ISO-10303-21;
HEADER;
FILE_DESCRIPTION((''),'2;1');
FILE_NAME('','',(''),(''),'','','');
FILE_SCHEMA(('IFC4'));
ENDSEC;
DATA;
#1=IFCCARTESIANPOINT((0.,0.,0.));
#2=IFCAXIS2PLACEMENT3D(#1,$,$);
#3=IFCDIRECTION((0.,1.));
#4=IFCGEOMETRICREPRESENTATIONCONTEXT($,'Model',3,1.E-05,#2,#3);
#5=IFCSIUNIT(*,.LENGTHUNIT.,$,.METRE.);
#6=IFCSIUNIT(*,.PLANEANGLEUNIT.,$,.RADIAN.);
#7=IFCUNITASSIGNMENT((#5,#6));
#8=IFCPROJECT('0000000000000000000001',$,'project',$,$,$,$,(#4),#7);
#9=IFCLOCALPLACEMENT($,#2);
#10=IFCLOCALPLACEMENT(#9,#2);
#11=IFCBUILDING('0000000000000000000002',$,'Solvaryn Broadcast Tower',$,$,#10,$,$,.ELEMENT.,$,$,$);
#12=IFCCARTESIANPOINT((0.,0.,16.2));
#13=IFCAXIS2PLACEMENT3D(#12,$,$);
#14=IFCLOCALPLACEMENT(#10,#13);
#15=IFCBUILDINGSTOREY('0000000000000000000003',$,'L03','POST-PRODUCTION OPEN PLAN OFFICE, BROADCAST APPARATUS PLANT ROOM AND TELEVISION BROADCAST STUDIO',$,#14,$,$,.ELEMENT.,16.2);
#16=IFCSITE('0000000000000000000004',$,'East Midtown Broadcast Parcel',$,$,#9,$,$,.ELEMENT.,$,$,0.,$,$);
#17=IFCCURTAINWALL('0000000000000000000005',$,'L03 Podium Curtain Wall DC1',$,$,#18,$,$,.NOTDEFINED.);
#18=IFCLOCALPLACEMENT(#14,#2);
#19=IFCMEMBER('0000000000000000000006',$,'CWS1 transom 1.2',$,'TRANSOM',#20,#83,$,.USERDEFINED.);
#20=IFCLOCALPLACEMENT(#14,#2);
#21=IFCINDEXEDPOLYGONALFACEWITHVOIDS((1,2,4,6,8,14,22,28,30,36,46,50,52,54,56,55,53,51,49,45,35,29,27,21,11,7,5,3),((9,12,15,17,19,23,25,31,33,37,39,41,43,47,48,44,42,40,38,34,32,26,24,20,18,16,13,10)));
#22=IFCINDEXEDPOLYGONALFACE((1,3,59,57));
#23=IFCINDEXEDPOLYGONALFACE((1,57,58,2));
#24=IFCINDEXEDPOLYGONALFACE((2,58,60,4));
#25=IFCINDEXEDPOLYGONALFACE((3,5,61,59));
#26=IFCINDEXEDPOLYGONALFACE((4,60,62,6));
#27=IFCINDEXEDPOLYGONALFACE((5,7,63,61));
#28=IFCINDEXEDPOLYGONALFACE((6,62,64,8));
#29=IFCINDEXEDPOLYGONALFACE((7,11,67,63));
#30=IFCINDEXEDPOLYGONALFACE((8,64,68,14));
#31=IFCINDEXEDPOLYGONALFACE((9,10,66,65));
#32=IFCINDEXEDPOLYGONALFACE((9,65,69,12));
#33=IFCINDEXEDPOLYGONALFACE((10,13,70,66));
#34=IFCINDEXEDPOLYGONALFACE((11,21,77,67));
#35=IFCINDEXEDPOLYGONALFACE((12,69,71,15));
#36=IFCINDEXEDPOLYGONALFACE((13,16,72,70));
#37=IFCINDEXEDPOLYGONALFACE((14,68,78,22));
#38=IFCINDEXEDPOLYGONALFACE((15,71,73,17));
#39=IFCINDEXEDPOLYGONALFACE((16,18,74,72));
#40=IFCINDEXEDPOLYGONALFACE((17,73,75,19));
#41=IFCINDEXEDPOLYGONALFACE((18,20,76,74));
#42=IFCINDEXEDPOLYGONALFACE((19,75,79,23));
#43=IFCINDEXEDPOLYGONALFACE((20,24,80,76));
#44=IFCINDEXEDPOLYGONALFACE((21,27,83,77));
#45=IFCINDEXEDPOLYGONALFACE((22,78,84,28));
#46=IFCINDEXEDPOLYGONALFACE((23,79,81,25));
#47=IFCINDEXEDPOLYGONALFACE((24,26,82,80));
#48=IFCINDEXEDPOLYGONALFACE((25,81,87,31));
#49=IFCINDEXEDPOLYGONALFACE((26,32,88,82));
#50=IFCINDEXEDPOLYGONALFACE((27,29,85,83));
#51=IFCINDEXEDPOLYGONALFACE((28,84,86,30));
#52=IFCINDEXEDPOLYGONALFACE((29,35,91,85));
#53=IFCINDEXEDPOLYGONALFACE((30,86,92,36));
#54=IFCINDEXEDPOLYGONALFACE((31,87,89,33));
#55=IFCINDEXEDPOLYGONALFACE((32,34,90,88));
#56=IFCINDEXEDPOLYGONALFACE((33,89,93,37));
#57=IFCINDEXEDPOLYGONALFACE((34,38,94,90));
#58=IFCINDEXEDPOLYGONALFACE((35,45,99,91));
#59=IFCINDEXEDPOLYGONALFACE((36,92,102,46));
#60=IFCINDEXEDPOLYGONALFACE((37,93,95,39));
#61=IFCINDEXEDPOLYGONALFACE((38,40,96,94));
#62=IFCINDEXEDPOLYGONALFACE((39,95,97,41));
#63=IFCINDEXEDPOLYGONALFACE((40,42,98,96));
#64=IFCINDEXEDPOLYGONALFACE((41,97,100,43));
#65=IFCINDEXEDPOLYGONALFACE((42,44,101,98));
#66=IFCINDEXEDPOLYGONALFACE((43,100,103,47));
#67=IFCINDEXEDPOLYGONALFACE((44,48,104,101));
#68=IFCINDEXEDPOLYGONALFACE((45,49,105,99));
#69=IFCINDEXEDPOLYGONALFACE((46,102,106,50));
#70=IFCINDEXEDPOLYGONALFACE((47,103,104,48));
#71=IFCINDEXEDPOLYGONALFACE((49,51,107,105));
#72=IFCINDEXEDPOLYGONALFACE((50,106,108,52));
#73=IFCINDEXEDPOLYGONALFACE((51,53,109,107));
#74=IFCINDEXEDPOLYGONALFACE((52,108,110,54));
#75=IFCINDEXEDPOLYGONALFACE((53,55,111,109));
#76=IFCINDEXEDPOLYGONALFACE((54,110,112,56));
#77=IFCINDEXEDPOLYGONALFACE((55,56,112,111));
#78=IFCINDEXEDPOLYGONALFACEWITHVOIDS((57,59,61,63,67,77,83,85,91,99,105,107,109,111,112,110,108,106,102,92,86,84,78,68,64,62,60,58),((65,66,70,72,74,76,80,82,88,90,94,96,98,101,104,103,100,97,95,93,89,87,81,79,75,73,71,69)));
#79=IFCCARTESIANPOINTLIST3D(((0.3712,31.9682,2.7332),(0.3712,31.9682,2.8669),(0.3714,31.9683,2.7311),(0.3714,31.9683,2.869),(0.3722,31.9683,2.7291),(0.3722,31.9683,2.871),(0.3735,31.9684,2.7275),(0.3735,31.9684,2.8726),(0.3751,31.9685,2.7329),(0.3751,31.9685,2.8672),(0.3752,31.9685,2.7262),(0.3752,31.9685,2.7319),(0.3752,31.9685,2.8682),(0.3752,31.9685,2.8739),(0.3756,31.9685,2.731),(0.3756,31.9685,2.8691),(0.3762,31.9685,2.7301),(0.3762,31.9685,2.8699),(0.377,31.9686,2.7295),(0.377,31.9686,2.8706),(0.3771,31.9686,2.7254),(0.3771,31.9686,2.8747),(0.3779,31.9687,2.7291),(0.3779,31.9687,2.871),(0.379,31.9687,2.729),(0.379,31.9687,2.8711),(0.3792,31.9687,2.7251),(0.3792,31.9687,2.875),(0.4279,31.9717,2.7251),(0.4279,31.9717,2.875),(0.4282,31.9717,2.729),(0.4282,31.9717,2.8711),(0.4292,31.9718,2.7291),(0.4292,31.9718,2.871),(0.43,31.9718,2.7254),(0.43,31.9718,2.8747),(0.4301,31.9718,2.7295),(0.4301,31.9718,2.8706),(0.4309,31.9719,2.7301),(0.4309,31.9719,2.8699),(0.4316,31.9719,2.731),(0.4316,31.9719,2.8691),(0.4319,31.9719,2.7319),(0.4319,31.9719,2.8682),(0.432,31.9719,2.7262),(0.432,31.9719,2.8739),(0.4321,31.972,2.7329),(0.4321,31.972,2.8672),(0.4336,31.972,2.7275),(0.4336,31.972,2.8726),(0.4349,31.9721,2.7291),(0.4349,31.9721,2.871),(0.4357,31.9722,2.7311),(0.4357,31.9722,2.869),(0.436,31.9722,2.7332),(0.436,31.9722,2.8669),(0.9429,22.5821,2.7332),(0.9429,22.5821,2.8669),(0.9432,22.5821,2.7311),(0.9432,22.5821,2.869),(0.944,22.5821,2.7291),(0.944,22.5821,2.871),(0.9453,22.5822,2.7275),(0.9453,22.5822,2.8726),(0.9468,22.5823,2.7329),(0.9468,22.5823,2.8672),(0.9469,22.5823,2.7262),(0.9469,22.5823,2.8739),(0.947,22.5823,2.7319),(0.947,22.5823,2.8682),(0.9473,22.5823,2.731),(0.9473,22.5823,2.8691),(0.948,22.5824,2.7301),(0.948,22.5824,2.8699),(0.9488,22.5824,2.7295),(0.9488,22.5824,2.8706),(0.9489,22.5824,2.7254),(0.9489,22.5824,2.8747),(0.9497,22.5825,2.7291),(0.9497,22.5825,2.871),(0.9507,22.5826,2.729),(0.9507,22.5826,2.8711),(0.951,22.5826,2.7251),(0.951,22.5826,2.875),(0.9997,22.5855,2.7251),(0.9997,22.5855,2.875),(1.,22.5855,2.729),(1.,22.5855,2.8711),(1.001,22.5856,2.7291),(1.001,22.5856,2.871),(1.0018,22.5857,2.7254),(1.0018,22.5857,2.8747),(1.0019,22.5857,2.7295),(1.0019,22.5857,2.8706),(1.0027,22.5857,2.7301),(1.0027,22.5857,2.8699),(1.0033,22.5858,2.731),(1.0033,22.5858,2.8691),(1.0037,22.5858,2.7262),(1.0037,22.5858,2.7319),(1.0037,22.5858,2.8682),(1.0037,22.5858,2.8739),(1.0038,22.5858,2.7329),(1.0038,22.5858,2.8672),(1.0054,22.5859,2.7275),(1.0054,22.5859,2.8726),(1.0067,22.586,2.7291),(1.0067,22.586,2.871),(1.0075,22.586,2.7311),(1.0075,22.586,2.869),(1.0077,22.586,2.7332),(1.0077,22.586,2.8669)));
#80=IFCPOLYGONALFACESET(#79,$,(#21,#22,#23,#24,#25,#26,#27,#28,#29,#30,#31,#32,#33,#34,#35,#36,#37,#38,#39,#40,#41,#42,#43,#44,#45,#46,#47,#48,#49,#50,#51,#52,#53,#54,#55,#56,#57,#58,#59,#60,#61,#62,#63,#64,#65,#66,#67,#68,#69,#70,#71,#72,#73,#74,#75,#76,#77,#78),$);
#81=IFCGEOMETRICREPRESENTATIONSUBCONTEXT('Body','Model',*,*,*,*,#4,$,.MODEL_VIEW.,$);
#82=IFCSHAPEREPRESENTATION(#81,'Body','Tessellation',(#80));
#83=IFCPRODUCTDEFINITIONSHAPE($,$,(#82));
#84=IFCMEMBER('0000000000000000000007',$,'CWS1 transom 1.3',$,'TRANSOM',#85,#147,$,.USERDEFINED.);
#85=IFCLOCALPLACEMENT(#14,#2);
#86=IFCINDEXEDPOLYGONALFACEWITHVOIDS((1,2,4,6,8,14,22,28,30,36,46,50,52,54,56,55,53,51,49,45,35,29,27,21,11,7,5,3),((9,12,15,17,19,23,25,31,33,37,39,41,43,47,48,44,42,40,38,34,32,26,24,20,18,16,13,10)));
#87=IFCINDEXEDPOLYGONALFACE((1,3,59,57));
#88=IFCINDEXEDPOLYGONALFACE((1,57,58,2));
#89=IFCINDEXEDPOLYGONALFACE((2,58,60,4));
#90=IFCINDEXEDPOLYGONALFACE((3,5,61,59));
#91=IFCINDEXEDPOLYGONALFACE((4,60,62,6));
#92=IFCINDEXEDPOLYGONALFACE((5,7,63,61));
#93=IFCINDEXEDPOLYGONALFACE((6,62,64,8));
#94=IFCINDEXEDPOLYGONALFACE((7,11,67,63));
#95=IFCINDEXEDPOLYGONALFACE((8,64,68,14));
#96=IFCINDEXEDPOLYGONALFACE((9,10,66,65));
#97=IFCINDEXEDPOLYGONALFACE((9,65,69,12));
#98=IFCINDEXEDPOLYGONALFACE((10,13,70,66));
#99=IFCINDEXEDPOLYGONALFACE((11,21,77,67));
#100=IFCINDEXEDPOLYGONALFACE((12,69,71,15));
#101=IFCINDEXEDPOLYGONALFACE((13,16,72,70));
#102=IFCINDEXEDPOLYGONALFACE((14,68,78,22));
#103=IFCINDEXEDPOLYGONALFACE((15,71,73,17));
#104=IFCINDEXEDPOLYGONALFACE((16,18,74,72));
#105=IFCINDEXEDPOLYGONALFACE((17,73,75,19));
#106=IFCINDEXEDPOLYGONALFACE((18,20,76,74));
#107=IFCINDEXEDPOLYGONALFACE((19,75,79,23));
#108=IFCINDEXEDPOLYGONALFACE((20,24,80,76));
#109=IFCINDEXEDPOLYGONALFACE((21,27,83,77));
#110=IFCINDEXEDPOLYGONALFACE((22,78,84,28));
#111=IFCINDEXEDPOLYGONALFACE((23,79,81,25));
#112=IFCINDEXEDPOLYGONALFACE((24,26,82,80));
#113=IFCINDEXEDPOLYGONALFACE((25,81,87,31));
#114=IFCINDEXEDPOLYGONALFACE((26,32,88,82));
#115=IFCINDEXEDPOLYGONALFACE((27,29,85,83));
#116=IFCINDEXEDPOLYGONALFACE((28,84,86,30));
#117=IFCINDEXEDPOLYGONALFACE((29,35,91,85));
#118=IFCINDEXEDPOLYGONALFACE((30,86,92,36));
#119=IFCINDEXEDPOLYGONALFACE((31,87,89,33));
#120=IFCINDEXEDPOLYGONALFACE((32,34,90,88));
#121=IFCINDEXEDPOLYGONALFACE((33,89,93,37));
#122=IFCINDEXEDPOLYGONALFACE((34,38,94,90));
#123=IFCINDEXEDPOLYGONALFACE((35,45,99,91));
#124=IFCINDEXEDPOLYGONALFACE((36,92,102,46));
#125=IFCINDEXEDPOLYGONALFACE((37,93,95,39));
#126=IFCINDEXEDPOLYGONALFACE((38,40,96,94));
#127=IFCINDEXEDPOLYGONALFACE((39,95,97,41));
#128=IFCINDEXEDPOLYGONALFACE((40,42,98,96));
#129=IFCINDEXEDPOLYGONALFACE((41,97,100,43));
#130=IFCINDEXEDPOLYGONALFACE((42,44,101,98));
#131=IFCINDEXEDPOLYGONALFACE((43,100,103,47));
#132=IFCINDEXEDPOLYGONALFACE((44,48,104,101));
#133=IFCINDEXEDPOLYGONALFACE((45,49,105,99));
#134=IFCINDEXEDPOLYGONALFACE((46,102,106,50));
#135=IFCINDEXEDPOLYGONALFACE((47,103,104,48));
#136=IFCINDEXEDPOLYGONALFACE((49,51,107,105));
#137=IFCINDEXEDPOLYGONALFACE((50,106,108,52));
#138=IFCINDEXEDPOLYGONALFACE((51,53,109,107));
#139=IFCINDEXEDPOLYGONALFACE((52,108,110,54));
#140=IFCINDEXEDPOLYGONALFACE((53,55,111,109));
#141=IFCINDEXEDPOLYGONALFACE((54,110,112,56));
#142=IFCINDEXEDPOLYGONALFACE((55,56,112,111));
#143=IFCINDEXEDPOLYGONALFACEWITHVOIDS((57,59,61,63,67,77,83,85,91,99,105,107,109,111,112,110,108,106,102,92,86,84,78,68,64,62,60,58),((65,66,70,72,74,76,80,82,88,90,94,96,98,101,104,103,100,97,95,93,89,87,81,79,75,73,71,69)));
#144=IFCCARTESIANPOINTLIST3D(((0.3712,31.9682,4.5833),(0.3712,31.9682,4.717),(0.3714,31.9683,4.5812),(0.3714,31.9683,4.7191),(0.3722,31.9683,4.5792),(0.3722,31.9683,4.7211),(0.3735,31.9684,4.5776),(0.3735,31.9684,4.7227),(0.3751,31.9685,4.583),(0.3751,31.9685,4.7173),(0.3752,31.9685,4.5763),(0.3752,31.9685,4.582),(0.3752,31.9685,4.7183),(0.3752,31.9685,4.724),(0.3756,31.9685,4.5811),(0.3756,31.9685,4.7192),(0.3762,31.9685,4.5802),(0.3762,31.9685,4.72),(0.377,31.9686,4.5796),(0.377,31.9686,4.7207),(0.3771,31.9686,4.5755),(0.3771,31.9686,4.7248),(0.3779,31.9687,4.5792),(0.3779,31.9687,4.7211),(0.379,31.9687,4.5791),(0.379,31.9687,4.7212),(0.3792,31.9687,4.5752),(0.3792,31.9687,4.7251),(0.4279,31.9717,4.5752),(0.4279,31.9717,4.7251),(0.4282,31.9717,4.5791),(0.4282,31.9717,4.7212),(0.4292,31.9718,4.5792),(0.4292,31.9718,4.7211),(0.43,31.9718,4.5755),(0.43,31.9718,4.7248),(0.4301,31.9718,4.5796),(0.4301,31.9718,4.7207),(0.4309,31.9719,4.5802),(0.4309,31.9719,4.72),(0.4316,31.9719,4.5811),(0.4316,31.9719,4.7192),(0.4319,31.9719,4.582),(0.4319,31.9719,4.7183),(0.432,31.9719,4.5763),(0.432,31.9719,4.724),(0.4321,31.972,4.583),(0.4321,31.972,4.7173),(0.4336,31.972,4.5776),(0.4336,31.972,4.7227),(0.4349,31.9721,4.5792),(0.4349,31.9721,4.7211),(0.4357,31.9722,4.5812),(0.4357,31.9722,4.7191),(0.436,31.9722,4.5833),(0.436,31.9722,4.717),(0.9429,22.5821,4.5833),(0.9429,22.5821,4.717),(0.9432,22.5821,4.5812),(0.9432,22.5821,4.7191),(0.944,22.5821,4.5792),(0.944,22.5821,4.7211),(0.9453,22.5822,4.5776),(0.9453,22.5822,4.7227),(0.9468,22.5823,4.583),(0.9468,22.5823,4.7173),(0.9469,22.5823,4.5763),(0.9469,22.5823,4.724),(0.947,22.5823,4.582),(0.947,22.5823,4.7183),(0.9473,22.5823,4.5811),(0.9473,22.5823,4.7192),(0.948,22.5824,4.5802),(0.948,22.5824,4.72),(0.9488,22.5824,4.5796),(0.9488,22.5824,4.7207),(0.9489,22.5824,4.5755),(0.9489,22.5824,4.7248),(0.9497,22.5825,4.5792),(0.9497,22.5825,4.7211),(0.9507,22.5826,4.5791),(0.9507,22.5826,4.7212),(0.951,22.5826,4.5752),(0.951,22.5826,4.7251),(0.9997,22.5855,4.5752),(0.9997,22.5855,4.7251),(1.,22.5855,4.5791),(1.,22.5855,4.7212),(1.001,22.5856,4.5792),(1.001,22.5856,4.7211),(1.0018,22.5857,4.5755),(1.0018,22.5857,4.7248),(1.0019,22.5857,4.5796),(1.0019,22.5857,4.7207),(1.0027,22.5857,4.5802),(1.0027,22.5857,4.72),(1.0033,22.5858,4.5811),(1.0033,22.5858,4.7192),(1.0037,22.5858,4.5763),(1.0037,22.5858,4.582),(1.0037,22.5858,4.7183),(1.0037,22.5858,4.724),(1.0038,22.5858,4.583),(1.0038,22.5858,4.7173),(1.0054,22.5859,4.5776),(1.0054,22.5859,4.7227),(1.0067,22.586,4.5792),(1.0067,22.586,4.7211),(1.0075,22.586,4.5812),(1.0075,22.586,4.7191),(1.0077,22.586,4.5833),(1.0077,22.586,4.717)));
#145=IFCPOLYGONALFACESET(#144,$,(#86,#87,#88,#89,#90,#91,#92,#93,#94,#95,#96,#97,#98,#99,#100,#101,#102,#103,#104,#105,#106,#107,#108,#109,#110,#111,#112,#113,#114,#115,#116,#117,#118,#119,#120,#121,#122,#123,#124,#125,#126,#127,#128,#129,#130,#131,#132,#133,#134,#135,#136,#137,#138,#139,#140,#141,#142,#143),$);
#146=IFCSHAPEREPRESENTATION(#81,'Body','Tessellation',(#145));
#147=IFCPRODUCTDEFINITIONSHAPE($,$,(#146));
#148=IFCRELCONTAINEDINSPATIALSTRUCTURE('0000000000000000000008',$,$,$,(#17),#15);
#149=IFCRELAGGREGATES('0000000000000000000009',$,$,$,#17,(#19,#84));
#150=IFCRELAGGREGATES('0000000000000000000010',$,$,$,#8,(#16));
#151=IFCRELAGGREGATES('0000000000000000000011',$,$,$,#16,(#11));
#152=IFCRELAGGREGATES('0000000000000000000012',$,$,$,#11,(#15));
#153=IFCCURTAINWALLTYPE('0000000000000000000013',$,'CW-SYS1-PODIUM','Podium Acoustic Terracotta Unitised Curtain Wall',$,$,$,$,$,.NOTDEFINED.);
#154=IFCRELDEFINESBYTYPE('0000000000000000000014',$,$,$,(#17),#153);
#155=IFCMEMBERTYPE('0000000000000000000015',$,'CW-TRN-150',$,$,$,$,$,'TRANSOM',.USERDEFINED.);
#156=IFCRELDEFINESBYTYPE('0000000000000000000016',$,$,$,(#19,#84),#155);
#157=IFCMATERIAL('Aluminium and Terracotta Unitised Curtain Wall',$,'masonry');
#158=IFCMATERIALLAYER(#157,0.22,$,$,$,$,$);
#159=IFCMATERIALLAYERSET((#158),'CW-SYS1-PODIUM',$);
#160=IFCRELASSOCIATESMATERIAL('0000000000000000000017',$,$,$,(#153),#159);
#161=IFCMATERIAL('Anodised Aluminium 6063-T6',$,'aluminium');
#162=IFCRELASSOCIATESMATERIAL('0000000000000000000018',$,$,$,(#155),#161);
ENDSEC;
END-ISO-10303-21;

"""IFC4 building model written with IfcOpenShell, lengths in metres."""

from ifc_helpers import new_model, si_unit, direction, frame, origin, origin_2d, place, context, subcontext, project, spatial, hollow_rectangle, extrude, material, layer, layer_set, material_profile, profile_set, type_object, element, aggregate, save


model = new_model("IFC4")

# Units and contexts
model_context = context("Model", 3, precision=1e-05, world=origin(), true_north=direction((0.0, 1.0)))
body_context = subcontext(model_context, "Body", "Model", "MODEL_VIEW")
ifc_project = project(units=[si_unit("LENGTHUNIT", "METRE"), si_unit("PLANEANGLEUNIT", "RADIAN")], contexts=[model_context])

# Site, building, storey
site_placement = place(None, origin())
site = spatial("IfcSite", under=ifc_project, at=site_placement, Name="East Midtown Broadcast Parcel", CompositionType="ELEMENT", RefElevation=0.0)
building_placement = place(site_placement, origin())
building = spatial("IfcBuilding", under=site, at=building_placement, Name="Solvaryn Broadcast Tower", CompositionType="ELEMENT")
storey_placement = place(building_placement, frame((0.0, 0.0, 16.2)))
storey = spatial("IfcBuildingStorey", under=building, at=storey_placement, Name="L03", Description="POST-PRODUCTION OPEN PLAN OFFICE, BROADCAST APPARATUS PLANT ROOM AND TELEVISION BROADCAST STUDIO", CompositionType="ELEMENT", Elevation=16.2)

# Curtain wall, members
ifc_material_1 = material(Name="Aluminium and Terracotta Unitised Curtain Wall", Category="masonry")
ifc_layer_1 = layer(ifc_material_1, 0.22)
ifc_layer_set_1 = layer_set([ifc_layer_1], Name="CW-SYS1-PODIUM")
curtain_wall_type = type_object("IfcCurtainWallType", Name="CW-SYS1-PODIUM", Description="Podium Acoustic Terracotta Unitised Curtain Wall", PredefinedType="NOTDEFINED", material=ifc_layer_set_1)
curtain_wall_placement = place(storey_placement, origin())
curtain_wall = element("IfcCurtainWall", 1, at=curtain_wall_placement, inside=storey, type_object=curtain_wall_type, Name="L03 Podium Curtain Wall DC1", PredefinedType="NOTDEFINED")
ifc_material_2 = material(Name="Anodised Aluminium 6063-T6", Category="aluminium")
ifc_material_profile_1 = material_profile(ifc_material_2, hollow_rectangle(XDim=0.0649, YDim=0.1499, WallThickness=0.0039, InnerFilletRadius=0.0039, OuterFilletRadius=0.0081, at=origin_2d()))
ifc_profile_set_1 = profile_set([ifc_material_profile_1], Name="Anodised Aluminium 6063-T6")
member_type_1 = type_object("IfcMemberType", Name="CW-TRN-150", ElementType="TRANSOM", PredefinedType="USERDEFINED", material=ifc_profile_set_1)
member_1_placement = place(storey_placement, frame((0.4036, 31.9702, 2.8), z_axis=(0.060804, -0.99815, 0.0), x_axis=(0.99815, 0.060804, 0.0)))
member_1 = element("IfcMember", 2, at=member_1_placement, type_object=member_type_1, Name="CWS1 transom 1.2", ObjectType="TRANSOM", PredefinedType="USERDEFINED", context=body_context, shape_type="SweptSolid", body=[
    extrude(hollow_rectangle(XDim=0.0649, YDim=0.1499, WallThickness=0.0039, InnerFilletRadius=0.0039, OuterFilletRadius=0.0081, at=origin_2d()), origin(), (0.0, 0.0, 1.0), 9.4036),
])
member_2_placement = place(storey_placement, frame((0.4036, 31.9702, 4.6501), z_axis=(0.060804, -0.99815, 0.0), x_axis=(0.99815, 0.060804, 0.0)))
member_2 = element("IfcMember", 3, at=member_2_placement, type_object=member_type_1, Name="CWS1 transom 1.3", ObjectType="TRANSOM", PredefinedType="USERDEFINED", context=body_context, shape_type="SweptSolid", body=[
    extrude(hollow_rectangle(XDim=0.0649, YDim=0.1499, WallThickness=0.0039, InnerFilletRadius=0.0039, OuterFilletRadius=0.0081, at=origin_2d()), origin(), (0.0, 0.0, 1.0), 9.4036),
])
aggregate(curtain_wall, [member_1, member_2])

save(model, "model.ifc")
